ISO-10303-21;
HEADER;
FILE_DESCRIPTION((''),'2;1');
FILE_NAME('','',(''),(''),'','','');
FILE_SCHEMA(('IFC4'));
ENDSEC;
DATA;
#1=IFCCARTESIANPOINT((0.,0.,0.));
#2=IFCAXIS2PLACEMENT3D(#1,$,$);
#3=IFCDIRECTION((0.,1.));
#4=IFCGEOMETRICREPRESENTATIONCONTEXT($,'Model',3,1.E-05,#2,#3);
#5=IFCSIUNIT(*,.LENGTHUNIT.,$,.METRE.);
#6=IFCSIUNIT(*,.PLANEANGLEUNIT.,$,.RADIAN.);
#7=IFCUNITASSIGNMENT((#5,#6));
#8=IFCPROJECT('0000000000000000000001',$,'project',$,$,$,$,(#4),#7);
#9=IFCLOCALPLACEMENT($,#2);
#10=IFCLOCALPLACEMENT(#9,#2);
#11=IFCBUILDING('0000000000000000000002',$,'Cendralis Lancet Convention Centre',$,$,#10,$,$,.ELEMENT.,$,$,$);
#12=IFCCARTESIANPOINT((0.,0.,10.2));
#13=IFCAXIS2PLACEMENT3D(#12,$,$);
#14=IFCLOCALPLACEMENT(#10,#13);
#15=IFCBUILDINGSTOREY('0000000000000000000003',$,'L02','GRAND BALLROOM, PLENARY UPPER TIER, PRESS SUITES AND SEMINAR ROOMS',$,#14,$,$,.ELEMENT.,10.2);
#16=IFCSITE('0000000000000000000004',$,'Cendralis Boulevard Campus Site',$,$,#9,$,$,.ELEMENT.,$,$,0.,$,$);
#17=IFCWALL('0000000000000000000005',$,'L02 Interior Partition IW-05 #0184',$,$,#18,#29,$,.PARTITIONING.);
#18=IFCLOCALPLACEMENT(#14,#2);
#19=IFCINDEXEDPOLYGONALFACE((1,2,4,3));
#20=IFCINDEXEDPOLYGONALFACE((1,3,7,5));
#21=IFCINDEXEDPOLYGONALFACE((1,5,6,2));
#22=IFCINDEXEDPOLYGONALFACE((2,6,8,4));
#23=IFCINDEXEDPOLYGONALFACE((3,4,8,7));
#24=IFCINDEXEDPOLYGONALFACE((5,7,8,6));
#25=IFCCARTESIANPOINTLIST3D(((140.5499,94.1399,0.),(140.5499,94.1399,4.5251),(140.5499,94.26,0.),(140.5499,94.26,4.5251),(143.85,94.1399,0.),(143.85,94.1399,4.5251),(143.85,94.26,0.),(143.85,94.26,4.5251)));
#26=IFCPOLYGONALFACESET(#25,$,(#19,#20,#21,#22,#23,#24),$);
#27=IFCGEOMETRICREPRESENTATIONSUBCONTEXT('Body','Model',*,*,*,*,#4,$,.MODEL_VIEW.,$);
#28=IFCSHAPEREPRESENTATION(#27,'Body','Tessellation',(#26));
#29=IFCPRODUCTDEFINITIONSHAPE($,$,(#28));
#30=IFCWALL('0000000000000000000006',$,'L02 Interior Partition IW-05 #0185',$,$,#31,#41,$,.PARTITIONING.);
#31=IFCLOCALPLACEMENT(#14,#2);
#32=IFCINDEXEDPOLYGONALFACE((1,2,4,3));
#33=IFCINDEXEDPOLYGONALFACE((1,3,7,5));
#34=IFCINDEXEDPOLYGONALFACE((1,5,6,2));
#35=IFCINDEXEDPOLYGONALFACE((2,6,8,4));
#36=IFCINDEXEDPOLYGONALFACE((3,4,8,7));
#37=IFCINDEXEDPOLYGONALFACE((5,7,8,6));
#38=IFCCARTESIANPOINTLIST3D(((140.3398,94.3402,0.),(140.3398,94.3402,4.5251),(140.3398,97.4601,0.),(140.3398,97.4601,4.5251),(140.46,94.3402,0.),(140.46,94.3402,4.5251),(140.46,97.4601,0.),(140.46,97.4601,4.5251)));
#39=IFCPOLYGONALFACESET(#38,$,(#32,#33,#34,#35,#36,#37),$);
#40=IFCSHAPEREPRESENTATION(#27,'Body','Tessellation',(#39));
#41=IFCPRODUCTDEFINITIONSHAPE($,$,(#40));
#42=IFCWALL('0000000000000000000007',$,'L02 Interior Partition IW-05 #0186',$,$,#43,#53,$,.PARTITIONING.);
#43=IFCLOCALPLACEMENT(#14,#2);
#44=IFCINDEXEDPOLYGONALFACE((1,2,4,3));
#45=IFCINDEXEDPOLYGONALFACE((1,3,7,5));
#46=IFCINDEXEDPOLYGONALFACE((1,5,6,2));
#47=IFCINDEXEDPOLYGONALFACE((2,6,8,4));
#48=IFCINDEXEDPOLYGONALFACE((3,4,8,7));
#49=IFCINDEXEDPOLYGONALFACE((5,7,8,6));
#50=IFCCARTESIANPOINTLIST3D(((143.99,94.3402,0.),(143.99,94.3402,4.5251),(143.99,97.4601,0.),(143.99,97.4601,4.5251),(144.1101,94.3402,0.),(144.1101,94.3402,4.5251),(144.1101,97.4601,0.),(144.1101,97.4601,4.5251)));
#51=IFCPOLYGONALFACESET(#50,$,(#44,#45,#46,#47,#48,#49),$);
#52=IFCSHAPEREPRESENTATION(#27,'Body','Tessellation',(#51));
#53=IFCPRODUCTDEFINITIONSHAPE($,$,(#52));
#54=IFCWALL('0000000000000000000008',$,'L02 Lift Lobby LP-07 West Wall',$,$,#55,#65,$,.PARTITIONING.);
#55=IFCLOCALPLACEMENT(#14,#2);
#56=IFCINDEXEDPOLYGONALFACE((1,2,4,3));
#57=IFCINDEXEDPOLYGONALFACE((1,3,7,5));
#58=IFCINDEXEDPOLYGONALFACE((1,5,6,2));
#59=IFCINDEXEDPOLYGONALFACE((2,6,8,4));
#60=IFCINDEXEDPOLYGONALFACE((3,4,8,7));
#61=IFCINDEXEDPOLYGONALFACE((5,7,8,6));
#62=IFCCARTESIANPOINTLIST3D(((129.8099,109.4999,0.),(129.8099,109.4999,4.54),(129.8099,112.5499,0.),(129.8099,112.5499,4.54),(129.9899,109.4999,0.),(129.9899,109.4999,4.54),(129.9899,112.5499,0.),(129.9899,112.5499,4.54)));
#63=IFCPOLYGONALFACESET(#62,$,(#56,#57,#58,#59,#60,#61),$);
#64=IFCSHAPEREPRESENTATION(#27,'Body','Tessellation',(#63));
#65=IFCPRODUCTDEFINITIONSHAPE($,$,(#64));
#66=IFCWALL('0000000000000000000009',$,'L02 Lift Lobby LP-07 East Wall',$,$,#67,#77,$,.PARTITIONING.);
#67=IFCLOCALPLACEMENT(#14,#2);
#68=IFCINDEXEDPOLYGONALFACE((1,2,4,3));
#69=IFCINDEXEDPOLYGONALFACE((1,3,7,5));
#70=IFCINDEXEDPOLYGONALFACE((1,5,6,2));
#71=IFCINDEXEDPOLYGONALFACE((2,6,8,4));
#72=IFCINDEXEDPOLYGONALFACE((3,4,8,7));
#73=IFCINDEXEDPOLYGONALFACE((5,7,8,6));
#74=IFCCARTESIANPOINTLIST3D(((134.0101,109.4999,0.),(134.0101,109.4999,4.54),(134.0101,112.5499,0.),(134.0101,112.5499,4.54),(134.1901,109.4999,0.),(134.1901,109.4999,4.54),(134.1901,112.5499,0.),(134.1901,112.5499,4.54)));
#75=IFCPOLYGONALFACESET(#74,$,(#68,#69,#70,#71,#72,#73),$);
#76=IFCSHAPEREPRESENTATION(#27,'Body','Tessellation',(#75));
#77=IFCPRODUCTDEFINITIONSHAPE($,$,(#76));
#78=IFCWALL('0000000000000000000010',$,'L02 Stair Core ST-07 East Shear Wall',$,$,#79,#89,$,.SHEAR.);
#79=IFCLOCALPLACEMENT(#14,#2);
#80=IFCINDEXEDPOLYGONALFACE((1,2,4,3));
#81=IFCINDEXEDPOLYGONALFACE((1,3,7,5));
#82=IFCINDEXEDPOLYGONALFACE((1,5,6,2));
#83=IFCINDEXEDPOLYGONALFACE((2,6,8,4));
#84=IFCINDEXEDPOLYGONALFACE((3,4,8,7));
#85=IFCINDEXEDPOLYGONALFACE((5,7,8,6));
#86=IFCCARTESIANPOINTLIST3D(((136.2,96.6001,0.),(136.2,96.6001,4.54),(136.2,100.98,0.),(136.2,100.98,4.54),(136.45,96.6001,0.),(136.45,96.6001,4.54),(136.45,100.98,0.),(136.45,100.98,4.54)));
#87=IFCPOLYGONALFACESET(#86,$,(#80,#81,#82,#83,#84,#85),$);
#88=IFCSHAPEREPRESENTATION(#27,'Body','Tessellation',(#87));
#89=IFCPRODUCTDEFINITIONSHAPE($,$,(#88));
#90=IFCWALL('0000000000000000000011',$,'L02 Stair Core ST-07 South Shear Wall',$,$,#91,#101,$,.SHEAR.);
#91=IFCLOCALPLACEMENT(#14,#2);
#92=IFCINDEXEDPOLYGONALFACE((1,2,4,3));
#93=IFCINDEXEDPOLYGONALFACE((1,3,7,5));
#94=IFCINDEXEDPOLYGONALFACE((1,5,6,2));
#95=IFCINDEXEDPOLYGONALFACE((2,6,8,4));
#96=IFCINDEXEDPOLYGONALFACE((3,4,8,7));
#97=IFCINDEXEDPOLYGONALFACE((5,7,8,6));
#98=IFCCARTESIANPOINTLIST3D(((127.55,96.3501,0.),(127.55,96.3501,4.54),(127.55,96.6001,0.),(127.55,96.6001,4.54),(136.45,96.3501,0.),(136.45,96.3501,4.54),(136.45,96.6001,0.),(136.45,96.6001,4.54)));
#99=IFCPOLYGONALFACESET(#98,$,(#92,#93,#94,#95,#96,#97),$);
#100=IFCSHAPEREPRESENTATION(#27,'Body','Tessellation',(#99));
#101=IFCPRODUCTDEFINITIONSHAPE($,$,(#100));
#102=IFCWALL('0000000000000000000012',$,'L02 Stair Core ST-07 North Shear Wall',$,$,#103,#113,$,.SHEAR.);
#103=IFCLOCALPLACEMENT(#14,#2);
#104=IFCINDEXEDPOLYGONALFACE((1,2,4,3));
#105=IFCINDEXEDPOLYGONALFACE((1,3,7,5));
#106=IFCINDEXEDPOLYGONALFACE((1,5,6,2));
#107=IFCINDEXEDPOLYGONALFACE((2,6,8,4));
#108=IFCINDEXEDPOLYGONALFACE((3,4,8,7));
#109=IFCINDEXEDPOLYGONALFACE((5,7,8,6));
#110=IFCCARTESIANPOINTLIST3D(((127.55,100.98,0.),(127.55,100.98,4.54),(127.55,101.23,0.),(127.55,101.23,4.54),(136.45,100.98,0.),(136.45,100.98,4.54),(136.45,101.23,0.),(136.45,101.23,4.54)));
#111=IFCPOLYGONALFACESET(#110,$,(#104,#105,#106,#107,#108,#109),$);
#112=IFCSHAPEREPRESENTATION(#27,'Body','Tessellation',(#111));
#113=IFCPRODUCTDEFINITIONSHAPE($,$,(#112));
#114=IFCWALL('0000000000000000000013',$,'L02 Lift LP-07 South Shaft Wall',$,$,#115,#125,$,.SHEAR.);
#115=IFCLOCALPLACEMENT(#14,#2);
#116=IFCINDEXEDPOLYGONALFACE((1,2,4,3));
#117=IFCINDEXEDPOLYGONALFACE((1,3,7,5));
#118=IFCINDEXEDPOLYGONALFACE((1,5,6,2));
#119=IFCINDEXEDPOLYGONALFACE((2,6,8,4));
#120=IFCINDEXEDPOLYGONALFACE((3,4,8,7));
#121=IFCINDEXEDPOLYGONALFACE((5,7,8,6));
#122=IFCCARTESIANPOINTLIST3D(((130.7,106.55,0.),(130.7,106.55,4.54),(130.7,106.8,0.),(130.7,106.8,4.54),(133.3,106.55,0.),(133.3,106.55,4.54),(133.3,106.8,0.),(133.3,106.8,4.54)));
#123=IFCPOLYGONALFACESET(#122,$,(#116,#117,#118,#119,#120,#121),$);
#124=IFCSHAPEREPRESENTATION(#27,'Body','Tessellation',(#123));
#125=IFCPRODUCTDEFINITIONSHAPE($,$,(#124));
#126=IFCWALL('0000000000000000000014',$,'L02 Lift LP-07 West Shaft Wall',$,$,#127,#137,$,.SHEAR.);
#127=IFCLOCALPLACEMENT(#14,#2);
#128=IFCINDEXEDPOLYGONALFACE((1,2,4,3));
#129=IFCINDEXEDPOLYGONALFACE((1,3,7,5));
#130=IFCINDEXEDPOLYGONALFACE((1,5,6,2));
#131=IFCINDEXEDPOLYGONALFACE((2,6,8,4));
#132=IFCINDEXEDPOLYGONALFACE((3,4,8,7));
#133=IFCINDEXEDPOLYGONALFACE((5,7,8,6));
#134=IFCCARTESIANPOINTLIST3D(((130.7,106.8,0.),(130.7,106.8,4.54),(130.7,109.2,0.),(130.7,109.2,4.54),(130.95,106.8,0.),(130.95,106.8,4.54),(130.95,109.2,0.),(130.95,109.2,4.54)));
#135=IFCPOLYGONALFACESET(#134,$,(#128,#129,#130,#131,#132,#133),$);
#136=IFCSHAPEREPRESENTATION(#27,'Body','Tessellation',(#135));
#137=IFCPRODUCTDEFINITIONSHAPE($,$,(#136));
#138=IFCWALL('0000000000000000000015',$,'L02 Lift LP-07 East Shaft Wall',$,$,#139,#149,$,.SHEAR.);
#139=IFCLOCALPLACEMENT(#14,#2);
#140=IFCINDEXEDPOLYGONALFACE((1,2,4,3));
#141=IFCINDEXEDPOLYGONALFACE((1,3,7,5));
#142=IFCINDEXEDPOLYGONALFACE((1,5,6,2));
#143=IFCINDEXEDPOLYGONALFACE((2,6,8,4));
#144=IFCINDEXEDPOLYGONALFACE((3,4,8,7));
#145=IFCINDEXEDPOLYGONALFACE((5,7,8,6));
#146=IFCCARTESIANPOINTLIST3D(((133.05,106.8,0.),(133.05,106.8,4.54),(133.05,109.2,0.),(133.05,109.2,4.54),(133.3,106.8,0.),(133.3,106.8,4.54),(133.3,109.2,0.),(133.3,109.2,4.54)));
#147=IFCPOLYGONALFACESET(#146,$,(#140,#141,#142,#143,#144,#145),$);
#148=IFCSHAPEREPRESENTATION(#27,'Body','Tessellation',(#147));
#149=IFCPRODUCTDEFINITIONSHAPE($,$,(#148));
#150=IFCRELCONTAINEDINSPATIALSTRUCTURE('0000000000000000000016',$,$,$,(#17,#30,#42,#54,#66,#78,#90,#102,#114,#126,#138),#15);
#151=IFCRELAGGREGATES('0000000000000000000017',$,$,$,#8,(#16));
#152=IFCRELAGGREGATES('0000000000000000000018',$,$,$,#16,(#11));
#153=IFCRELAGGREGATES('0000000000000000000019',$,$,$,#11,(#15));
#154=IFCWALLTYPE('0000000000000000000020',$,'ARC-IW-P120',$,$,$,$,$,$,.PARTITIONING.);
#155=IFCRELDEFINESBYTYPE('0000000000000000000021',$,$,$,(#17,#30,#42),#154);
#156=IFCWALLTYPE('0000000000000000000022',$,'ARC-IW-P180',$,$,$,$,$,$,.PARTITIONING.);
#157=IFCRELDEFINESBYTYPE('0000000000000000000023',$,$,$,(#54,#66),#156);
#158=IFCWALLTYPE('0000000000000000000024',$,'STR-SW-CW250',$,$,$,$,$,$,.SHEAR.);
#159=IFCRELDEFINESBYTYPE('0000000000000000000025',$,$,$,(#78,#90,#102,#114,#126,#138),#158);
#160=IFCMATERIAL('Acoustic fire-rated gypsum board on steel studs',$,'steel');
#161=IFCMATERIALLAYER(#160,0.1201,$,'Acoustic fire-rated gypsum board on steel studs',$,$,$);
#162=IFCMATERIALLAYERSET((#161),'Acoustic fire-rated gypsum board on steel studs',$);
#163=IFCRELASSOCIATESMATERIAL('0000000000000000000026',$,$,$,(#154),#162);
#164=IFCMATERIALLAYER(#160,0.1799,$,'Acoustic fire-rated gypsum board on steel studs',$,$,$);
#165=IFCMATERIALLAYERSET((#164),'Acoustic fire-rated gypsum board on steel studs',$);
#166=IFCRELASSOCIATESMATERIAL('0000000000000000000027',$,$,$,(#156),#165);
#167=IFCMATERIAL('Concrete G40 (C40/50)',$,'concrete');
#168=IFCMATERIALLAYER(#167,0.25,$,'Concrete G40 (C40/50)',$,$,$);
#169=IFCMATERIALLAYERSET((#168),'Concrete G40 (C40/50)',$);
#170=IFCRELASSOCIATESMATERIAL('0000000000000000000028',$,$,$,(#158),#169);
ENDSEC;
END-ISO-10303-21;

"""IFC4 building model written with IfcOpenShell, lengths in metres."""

from ifc_helpers import new_model, si_unit, direction, frame, frame_2d, origin, place, context, subcontext, project, spatial, rectangle, extrude, material, layer, layer_set, type_object, element, save


model = new_model("IFC4")

# Units and contexts
model_context = context("Model", 3, precision=1e-05, world=origin(), true_north=direction((0.0, 1.0)))
body_context = subcontext(model_context, "Body", "Model", "MODEL_VIEW")
ifc_project = project(units=[si_unit("LENGTHUNIT", "METRE"), si_unit("PLANEANGLEUNIT", "RADIAN")], contexts=[model_context])

# Site, building, storey
site_placement = place(None, origin())
site = spatial("IfcSite", under=ifc_project, at=site_placement, Name="Cendralis Boulevard Campus Site", CompositionType="ELEMENT", RefElevation=0.0)
building_placement = place(site_placement, origin())
building = spatial("IfcBuilding", under=site, at=building_placement, Name="Cendralis Lancet Convention Centre", CompositionType="ELEMENT")
storey_placement = place(building_placement, frame((0.0, 0.0, 10.2)))
storey = spatial("IfcBuildingStorey", under=building, at=storey_placement, Name="L02", Description="GRAND BALLROOM, PLENARY UPPER TIER, PRESS SUITES AND SEMINAR ROOMS", CompositionType="ELEMENT", Elevation=10.2)

# Shared definitions
ifc_material_1 = material(Name="Concrete G40 (C40/50)", Category="concrete")

# Shared definitions
ifc_material_2 = material(Name="Acoustic fire-rated gypsum board on steel studs", Category="steel")
ifc_layer_1 = layer(ifc_material_2, 0.1201, Name="Acoustic fire-rated gypsum board on steel studs")
ifc_layer_set_1 = layer_set([ifc_layer_1], Name="Acoustic fire-rated gypsum board on steel studs")
wall_type_1 = type_object("IfcWallType", Name="ARC-IW-P120", PredefinedType="PARTITIONING", material=ifc_layer_set_1)

# Walls
wall_1_placement = place(storey_placement, frame((140.55, 94.2, 0.0), z_axis=(0.0, 0.0, 1.0), x_axis=(1.0, 0.0, 0.0)))
element("IfcWall", 1, at=wall_1_placement, inside=storey, type_object=wall_type_1, Name="L02 Interior Partition IW-05 #0184", PredefinedType="PARTITIONING", context=body_context, shape_type="SweptSolid", body=[
    extrude(rectangle(XDim=3.3, YDim=0.1201, at=frame_2d((1.6499, 0.0))), origin(), (0.0, 0.0, 1.0), 4.5251),
])
for number, where, z_axis, x_axis, name in (
    (2, (140.3999, 94.3401, 0.0), (0.0, 0.0, 1.0), (0.0, 1.0, 0.0), "L02 Interior Partition IW-05 #0185"),
    (3, (144.05, 94.3401, 0.0), (0.0, 0.0, 1.0), (0.0, 1.0, 0.0), "L02 Interior Partition IW-05 #0186"),
):
    element("IfcWall", number, at=place(storey_placement, frame(where, z_axis=z_axis, x_axis=x_axis)), inside=storey, type_object=wall_type_1, Name=name, PredefinedType="PARTITIONING", context=body_context, shape_type="SweptSolid", body=[
        extrude(rectangle(XDim=3.1199, YDim=0.1201, at=frame_2d((1.5601, 0.0))), origin(), (0.0, 0.0, 1.0), 4.5251),
    ])

# Shared definitions
ifc_layer_2 = layer(ifc_material_2, 0.1799, Name="Acoustic fire-rated gypsum board on steel studs")
ifc_layer_set_2 = layer_set([ifc_layer_2], Name="Acoustic fire-rated gypsum board on steel studs")
wall_type_2 = type_object("IfcWallType", Name="ARC-IW-P180", PredefinedType="PARTITIONING", material=ifc_layer_set_2)

# Walls
for number, where, z_axis, x_axis, name in (
    (4, (129.8999, 109.5, 0.0), (0.0, 0.0, 1.0), (0.0, 1.0, 0.0), "L02 Lift Lobby LP-07 West Wall"),
    (5, (134.1001, 109.5, 0.0), (0.0, 0.0, 1.0), (0.0, 1.0, 0.0), "L02 Lift Lobby LP-07 East Wall"),
):
    element("IfcWall", number, at=place(storey_placement, frame(where, z_axis=z_axis, x_axis=x_axis)), inside=storey, type_object=wall_type_2, Name=name, PredefinedType="PARTITIONING", context=body_context, shape_type="SweptSolid", body=[
        extrude(rectangle(XDim=3.05, YDim=0.1799, at=frame_2d((1.5249, 0.0))), origin(), (0.0, 0.0, 1.0), 4.54),
    ])

# Shared definitions
ifc_layer_3 = layer(ifc_material_1, 0.25, Name="Concrete G40 (C40/50)")
ifc_layer_set_3 = layer_set([ifc_layer_3], Name="Concrete G40 (C40/50)")
wall_type_3 = type_object("IfcWallType", Name="STR-SW-CW250", PredefinedType="SHEAR", material=ifc_layer_set_3)

# Walls
wall_2_placement = place(storey_placement, frame((136.325, 96.6001, 0.0), z_axis=(0.0, 0.0, 1.0), x_axis=(0.0, 1.0, 0.0)))
element("IfcWall", 6, at=wall_2_placement, inside=storey, type_object=wall_type_3, Name="L02 Stair Core ST-07 East Shear Wall", PredefinedType="SHEAR", context=body_context, shape_type="SweptSolid", body=[
    extrude(rectangle(XDim=4.3799, YDim=0.25, at=frame_2d((2.1899, 0.0))), origin(), (0.0, 0.0, 1.0), 4.54),
])
for number, where, z_axis, x_axis, name in (
    (7, (127.55, 96.4751, 0.0), (0.0, 0.0, 1.0), (1.0, 0.0, 0.0), "L02 Stair Core ST-07 South Shear Wall"),
    (8, (127.55, 101.105, 0.0), (0.0, 0.0, 1.0), (1.0, 0.0, 0.0), "L02 Stair Core ST-07 North Shear Wall"),
):
    element("IfcWall", number, at=place(storey_placement, frame(where, z_axis=z_axis, x_axis=x_axis)), inside=storey, type_object=wall_type_3, Name=name, PredefinedType="SHEAR", context=body_context, shape_type="SweptSolid", body=[
        extrude(rectangle(XDim=8.8999, YDim=0.25, at=frame_2d((4.45, 0.0))), origin(), (0.0, 0.0, 1.0), 4.54),
    ])
wall_3_placement = place(storey_placement, frame((130.7, 106.675, 0.0), z_axis=(0.0, 0.0, 1.0), x_axis=(1.0, 0.0, 0.0)))
element("IfcWall", 9, at=wall_3_placement, inside=storey, type_object=wall_type_3, Name="L02 Lift LP-07 South Shaft Wall", PredefinedType="SHEAR", context=body_context, shape_type="SweptSolid", body=[
    extrude(rectangle(XDim=2.6001, YDim=0.25, at=frame_2d((1.3, 0.0))), origin(), (0.0, 0.0, 1.0), 4.54),
])

# Walls
for number, where, z_axis, x_axis, name in (
    (10, (130.825, 106.8, 0.0), (0.0, 0.0, 1.0), (0.0, 1.0, 0.0), "L02 Lift LP-07 West Shaft Wall"),
    (11, (133.175, 106.8, 0.0), (0.0, 0.0, 1.0), (0.0, 1.0, 0.0), "L02 Lift LP-07 East Shaft Wall"),
):
    element("IfcWall", number, at=place(storey_placement, frame(where, z_axis=z_axis, x_axis=x_axis)), inside=storey, type_object=wall_type_3, Name=name, PredefinedType="SHEAR", context=body_context, shape_type="SweptSolid", body=[
        extrude(rectangle(XDim=2.3999, YDim=0.25, at=frame_2d((1.2, 0.0))), origin(), (0.0, 0.0, 1.0), 4.54),
    ])

save(model, "model.ifc")
